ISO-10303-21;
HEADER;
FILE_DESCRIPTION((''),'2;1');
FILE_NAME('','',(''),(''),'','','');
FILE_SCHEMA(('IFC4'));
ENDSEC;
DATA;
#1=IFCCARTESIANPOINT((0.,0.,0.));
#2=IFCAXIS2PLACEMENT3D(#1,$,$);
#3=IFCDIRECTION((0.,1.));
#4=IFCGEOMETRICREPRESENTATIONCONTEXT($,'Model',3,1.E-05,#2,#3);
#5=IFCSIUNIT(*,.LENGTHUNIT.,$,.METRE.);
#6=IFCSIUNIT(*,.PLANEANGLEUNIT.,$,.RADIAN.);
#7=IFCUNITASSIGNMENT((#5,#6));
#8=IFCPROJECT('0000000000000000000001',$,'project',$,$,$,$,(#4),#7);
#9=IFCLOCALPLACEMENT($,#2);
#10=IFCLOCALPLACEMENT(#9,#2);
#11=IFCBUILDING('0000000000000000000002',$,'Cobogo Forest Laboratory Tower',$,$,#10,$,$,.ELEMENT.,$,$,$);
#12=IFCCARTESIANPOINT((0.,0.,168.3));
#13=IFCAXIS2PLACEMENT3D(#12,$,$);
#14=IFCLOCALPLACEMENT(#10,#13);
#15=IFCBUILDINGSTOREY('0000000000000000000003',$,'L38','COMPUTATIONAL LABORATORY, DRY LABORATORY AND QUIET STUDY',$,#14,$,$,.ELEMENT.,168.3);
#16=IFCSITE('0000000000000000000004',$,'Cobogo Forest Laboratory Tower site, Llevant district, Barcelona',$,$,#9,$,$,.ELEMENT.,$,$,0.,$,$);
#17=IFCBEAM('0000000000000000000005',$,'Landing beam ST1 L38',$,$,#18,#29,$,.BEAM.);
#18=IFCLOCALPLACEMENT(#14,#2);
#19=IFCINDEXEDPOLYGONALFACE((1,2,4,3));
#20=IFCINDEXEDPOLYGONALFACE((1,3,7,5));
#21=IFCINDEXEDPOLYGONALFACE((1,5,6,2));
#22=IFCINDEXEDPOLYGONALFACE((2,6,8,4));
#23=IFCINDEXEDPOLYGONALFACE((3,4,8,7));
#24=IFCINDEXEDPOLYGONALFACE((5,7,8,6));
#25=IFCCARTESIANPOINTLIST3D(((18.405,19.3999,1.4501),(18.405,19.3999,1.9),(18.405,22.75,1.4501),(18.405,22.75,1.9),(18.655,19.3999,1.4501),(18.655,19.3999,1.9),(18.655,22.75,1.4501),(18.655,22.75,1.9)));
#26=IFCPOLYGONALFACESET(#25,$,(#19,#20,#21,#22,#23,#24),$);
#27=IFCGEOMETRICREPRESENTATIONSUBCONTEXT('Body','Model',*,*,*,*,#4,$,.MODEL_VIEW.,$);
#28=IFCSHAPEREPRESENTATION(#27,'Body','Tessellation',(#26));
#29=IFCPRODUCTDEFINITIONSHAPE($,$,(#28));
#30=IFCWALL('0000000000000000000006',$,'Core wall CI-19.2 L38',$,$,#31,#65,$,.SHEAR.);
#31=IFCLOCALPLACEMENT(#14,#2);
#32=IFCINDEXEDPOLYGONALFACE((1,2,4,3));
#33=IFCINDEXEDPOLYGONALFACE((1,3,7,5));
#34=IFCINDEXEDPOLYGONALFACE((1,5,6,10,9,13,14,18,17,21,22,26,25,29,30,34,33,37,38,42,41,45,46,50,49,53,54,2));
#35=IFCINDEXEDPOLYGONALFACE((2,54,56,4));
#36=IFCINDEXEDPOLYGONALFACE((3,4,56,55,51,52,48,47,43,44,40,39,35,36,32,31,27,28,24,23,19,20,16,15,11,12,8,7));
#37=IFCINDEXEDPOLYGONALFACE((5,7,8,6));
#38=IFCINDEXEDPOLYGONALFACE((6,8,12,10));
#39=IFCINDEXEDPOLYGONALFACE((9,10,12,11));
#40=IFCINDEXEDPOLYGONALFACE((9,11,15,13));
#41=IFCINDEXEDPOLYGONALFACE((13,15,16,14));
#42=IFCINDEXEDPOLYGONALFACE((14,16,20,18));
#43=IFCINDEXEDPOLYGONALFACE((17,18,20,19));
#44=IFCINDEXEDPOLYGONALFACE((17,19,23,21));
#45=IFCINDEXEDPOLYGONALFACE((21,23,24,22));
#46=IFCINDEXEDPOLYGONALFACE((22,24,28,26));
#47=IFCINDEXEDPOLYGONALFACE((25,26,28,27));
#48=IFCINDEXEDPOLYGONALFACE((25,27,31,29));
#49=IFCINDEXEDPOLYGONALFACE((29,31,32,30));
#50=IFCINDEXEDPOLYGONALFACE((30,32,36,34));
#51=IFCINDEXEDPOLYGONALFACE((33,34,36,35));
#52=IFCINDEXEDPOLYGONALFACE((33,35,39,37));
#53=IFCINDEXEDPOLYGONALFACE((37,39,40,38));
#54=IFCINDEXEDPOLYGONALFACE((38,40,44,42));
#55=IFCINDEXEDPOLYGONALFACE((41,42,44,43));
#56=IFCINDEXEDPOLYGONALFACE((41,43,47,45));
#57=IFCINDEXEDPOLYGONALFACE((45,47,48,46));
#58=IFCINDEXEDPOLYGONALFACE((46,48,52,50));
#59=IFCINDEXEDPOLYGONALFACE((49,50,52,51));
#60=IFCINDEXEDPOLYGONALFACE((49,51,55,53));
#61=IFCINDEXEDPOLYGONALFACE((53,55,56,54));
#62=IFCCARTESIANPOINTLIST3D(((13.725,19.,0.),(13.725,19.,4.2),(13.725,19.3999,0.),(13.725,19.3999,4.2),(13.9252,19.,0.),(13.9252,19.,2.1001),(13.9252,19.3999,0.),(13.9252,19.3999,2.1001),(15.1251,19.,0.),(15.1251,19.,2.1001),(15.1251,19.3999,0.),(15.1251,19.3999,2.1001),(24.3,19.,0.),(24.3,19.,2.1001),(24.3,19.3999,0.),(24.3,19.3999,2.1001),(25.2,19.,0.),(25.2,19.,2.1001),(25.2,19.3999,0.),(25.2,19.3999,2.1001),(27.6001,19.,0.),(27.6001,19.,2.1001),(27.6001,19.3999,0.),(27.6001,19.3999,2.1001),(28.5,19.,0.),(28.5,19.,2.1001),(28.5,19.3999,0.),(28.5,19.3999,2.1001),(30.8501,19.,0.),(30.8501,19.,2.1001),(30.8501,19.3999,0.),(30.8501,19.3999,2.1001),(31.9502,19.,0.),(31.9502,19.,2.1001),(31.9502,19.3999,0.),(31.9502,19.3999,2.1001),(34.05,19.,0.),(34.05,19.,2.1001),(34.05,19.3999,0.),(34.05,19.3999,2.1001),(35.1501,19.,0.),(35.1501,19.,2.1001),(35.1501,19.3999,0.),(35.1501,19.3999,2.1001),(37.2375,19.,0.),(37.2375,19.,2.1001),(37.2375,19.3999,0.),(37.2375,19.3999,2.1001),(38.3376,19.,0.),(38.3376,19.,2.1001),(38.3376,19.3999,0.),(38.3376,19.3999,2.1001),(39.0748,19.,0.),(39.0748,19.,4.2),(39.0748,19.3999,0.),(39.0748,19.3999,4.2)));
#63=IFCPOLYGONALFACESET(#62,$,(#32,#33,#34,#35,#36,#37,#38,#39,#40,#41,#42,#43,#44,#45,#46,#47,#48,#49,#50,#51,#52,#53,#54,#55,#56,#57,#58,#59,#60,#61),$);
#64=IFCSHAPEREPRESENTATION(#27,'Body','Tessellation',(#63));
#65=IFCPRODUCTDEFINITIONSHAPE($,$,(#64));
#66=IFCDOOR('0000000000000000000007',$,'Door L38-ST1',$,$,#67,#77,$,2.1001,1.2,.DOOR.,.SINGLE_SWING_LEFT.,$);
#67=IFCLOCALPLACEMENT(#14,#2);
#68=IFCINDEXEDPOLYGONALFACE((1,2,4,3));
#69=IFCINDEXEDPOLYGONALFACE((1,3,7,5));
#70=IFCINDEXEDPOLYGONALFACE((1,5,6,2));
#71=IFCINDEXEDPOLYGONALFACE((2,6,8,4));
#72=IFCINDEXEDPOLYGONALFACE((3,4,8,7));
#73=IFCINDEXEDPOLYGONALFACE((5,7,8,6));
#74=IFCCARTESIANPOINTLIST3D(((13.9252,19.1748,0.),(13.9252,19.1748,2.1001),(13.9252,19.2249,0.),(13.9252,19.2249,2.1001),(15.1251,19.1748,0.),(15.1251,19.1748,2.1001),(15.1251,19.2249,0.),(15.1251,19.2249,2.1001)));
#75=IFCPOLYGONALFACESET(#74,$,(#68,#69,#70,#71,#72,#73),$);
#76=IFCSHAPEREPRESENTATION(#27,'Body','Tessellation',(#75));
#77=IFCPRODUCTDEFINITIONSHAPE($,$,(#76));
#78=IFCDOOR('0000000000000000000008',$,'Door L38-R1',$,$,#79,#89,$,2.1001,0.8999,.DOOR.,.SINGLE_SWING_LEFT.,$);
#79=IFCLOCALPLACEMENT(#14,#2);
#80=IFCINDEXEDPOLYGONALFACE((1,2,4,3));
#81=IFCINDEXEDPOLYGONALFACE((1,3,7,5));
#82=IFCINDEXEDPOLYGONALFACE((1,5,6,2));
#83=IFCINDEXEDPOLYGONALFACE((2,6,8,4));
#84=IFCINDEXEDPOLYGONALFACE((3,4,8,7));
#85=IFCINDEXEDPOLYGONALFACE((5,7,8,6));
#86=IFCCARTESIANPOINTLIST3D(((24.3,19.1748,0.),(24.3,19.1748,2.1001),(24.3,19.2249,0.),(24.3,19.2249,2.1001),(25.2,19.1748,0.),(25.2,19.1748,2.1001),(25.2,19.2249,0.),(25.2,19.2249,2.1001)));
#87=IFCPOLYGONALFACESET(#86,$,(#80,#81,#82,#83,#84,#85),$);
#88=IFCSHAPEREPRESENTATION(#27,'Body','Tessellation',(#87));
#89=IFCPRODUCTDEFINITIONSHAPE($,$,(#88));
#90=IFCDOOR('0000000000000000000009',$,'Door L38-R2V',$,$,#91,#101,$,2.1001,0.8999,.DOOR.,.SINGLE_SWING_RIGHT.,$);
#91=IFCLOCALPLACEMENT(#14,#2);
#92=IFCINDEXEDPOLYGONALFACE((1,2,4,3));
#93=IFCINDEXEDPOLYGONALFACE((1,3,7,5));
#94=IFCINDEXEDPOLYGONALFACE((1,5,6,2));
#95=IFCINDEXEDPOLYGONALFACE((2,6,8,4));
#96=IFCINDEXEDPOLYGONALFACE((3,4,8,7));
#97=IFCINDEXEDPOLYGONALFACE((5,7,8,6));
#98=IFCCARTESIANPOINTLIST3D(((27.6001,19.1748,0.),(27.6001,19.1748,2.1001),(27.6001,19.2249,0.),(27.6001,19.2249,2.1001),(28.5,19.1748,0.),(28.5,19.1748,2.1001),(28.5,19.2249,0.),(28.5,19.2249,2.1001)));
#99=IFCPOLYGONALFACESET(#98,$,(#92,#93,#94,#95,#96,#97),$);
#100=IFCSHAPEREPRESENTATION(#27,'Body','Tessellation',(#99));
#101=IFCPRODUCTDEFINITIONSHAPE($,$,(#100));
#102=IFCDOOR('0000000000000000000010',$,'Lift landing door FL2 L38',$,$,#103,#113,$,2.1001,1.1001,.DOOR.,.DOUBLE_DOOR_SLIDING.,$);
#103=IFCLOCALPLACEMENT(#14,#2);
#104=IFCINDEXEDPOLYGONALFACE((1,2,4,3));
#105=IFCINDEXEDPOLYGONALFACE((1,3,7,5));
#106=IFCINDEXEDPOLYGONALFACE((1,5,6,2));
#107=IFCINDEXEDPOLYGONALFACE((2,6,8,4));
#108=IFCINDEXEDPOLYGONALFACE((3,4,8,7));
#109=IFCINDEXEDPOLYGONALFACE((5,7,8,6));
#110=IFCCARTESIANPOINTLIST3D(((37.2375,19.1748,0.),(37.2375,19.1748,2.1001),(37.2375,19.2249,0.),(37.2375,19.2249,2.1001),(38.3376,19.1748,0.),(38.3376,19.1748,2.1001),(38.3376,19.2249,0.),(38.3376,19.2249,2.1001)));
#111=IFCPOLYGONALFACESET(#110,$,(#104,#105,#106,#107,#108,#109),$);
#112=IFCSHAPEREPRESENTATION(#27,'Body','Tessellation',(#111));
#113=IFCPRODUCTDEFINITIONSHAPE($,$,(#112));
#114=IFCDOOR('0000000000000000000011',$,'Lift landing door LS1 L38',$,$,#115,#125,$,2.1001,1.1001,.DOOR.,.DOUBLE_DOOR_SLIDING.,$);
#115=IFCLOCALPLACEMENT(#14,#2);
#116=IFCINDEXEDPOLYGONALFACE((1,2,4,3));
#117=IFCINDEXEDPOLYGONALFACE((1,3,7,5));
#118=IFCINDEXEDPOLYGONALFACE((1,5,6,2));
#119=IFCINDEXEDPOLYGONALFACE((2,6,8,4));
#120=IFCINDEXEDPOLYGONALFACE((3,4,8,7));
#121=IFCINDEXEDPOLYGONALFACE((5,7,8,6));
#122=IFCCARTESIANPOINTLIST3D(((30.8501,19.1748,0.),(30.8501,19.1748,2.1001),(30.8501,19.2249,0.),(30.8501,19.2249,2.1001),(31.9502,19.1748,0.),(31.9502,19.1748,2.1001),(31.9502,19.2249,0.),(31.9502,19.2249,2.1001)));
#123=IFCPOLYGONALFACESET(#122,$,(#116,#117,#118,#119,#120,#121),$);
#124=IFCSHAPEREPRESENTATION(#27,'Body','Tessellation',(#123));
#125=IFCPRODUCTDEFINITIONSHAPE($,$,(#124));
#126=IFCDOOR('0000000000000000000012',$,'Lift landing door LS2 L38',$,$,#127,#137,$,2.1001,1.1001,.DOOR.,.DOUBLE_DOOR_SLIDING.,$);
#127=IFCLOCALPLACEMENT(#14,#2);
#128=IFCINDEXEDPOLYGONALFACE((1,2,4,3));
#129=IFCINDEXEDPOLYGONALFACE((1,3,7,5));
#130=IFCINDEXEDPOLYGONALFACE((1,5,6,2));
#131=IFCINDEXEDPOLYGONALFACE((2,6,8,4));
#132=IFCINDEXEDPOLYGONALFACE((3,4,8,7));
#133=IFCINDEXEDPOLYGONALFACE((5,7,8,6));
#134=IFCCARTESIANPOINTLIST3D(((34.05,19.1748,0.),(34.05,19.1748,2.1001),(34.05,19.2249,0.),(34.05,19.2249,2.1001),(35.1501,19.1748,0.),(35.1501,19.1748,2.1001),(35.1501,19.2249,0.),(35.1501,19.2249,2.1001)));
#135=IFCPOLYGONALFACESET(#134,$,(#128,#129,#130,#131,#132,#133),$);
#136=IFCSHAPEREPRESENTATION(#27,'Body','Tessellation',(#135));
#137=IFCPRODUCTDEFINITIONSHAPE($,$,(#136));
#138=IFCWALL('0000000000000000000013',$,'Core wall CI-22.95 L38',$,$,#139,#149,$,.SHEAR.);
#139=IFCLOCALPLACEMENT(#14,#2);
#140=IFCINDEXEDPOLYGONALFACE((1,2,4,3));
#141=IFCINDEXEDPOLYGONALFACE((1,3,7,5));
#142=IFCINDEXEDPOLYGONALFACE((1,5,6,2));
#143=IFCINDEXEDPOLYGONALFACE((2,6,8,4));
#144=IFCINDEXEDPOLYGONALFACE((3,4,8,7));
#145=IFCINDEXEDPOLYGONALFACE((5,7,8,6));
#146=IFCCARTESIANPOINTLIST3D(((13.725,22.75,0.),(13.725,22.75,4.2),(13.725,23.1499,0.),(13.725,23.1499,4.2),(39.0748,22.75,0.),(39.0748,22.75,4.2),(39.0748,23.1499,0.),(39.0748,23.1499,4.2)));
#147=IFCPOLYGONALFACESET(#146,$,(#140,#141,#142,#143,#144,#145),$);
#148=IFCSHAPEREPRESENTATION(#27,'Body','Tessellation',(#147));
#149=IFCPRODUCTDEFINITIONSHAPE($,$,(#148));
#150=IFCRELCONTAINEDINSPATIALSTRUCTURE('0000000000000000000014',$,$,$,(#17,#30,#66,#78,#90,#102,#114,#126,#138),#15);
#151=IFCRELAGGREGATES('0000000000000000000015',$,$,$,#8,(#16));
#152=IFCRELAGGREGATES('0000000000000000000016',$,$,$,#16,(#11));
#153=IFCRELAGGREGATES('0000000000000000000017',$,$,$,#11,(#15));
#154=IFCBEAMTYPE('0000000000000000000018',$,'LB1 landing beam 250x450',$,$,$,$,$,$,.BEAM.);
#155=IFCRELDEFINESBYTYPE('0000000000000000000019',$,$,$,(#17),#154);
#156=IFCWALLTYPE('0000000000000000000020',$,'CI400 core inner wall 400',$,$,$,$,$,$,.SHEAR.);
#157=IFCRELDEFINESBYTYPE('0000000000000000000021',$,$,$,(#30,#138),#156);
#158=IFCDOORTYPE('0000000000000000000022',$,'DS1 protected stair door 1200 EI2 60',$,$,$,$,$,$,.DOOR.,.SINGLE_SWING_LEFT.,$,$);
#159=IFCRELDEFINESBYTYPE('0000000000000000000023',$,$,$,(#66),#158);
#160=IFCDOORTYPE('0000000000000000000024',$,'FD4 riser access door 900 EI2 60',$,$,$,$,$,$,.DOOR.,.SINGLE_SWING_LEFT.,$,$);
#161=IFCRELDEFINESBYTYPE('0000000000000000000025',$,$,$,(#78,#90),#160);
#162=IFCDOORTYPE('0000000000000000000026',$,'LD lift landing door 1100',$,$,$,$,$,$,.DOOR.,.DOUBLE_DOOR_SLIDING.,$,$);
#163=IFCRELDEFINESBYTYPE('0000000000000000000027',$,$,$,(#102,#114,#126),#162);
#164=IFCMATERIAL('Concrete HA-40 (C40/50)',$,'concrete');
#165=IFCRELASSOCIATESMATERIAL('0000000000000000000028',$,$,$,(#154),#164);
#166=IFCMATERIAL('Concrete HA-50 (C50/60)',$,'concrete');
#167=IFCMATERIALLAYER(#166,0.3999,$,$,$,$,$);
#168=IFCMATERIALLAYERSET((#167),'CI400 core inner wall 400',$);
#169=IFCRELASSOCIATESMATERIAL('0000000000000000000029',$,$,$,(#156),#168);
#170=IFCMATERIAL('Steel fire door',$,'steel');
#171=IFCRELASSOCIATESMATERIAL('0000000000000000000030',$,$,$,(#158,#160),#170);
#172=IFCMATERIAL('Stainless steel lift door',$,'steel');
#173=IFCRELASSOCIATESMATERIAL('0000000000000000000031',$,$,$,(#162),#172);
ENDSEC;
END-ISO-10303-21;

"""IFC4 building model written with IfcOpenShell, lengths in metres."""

from ifc_helpers import new_model, si_unit, direction, frame, frame_2d, origin, origin_2d, place, context, subcontext, project, spatial, rectangle, extrude, material, layer, layer_set, material_profile, profile_set, type_object, element, fill, save


model = new_model("IFC4")

# Units and contexts
model_context = context("Model", 3, precision=1e-05, world=origin(), true_north=direction((0.0, 1.0)))
body_context = subcontext(model_context, "Body", "Model", "MODEL_VIEW")
ifc_project = project(units=[si_unit("LENGTHUNIT", "METRE"), si_unit("PLANEANGLEUNIT", "RADIAN")], contexts=[model_context])

# Site, building, storey
site_placement = place(None, origin())
site = spatial("IfcSite", under=ifc_project, at=site_placement, Name="Cobogo Forest Laboratory Tower site, Llevant district, Barcelona", CompositionType="ELEMENT", RefElevation=0.0)
building_placement = place(site_placement, origin())
building = spatial("IfcBuilding", under=site, at=building_placement, Name="Cobogo Forest Laboratory Tower", CompositionType="ELEMENT")
storey_placement = place(building_placement, frame((0.0, 0.0, 168.3)))
storey = spatial("IfcBuildingStorey", under=building, at=storey_placement, Name="L38", Description="COMPUTATIONAL LABORATORY, DRY LABORATORY AND QUIET STUDY", CompositionType="ELEMENT", Elevation=168.3)

# Beam
ifc_material_1 = material(Name="Concrete HA-40 (C40/50)", Category="concrete")
ifc_material_profile = material_profile(ifc_material_1, rectangle(XDim=0.25, YDim=0.45, at=origin_2d()), Name="RC 250x450")
ifc_profile_set = profile_set([ifc_material_profile], Name="Concrete HA-40 (C40/50)")
beam_type = type_object("IfcBeamType", Name="LB1 landing beam 250x450", PredefinedType="BEAM", material=ifc_profile_set)
beam_placement = place(storey_placement, frame((18.53, 19.3999, 1.675), z_axis=(0.0, 1.0, 0.0), x_axis=(-1.0, 0.0, 0.0)))
element("IfcBeam", 1, at=beam_placement, inside=storey, type_object=beam_type, Name="Landing beam ST1 L38", PredefinedType="BEAM", context=body_context, shape_type="SweptSolid", body=[
    extrude(rectangle(XDim=0.25, YDim=0.45, at=origin_2d()), origin(), (0.0, 0.0, 1.0), 3.3501),
])

# Wall, openings, doors
ifc_material_2 = material(Name="Concrete HA-50 (C50/60)", Category="concrete")
ifc_layer = layer(ifc_material_2, 0.3999)
ifc_layer_set = layer_set([ifc_layer], Name="CI400 core inner wall 400")
wall_type = type_object("IfcWallType", Name="CI400 core inner wall 400", PredefinedType="SHEAR", material=ifc_layer_set)
wall_1_placement = place(storey_placement, frame((13.7251, 19.2, 0.0), z_axis=(0.0, 0.0, 1.0), x_axis=(1.0, 0.0, 0.0)))
wall_1 = element("IfcWall", 2, at=wall_1_placement, inside=storey, type_object=wall_type, Name="Core wall CI-19.2 L38", PredefinedType="SHEAR", context=body_context, shape_type="SweptSolid", body=[
    extrude(rectangle(XDim=25.3499, YDim=0.3999, at=frame_2d((12.6748, 0.0))), origin(), (0.0, 0.0, 1.0), 4.2),
])
opening_1_placement = place(wall_1_placement, frame((10.575, 0.0, 0.0)))
opening_1 = element("IfcOpeningElement", 3, at=opening_1_placement, cuts=wall_1, PredefinedType="OPENING", context=body_context, shape_type="SweptSolid", body=[
    extrude(rectangle(XDim=0.8999, YDim=2.1001, at=frame_2d((0.45, 1.05))), frame((0.0, 0.21, 0.0), z_axis=(0.0, -1.0, 0.0), x_axis=(1.0, 0.0, 0.0)), (0.0, 0.0, 1.0), 0.4199),
])
opening_2_placement = place(wall_1_placement, frame((13.875, 0.0, 0.0)))
opening_2 = element("IfcOpeningElement", 4, at=opening_2_placement, cuts=wall_1, PredefinedType="OPENING", context=body_context, shape_type="SweptSolid", body=[
    extrude(rectangle(XDim=0.8999, YDim=2.1001, at=frame_2d((0.45, 1.05))), frame((0.0, 0.21, 0.0), z_axis=(0.0, -1.0, 0.0), x_axis=(1.0, 0.0, 0.0)), (0.0, 0.0, 1.0), 0.4199),
])
opening_3_placement = place(wall_1_placement, frame((0.2, 0.0, 0.0)))
opening_3 = element("IfcOpeningElement", 5, at=opening_3_placement, cuts=wall_1, PredefinedType="OPENING", context=body_context, shape_type="SweptSolid", body=[
    extrude(rectangle(XDim=1.2, YDim=2.1001, at=frame_2d((0.6001, 1.05))), frame((0.0, 0.21, 0.0), z_axis=(0.0, -1.0, 0.0), x_axis=(1.0, 0.0, 0.0)), (0.0, 0.0, 1.0), 0.4199),
])
opening_4_placement = place(wall_1_placement, frame((23.5125, 0.0, 0.0)))
opening_4 = element("IfcOpeningElement", 6, at=opening_4_placement, cuts=wall_1, PredefinedType="OPENING", context=body_context, shape_type="SweptSolid", body=[
    extrude(rectangle(XDim=1.1001, YDim=2.1001, at=frame_2d((0.55, 1.05))), frame((0.0, 0.21, 0.0), z_axis=(0.0, -1.0, 0.0), x_axis=(1.0, 0.0, 0.0)), (0.0, 0.0, 1.0), 0.4199),
])
opening_5_placement = place(wall_1_placement, frame((17.125, 0.0, 0.0)))
opening_5 = element("IfcOpeningElement", 7, at=opening_5_placement, cuts=wall_1, PredefinedType="OPENING", context=body_context, shape_type="SweptSolid", body=[
    extrude(rectangle(XDim=1.1001, YDim=2.1001, at=frame_2d((0.55, 1.05))), frame((0.0, 0.21, 0.0), z_axis=(0.0, -1.0, 0.0), x_axis=(1.0, 0.0, 0.0)), (0.0, 0.0, 1.0), 0.4199),
])
opening_6_placement = place(wall_1_placement, frame((20.325, 0.0, 0.0)))
opening_6 = element("IfcOpeningElement", 8, at=opening_6_placement, cuts=wall_1, PredefinedType="OPENING", context=body_context, shape_type="SweptSolid", body=[
    extrude(rectangle(XDim=1.1001, YDim=2.1001, at=frame_2d((0.55, 1.05))), frame((0.0, 0.21, 0.0), z_axis=(0.0, -1.0, 0.0), x_axis=(1.0, 0.0, 0.0)), (0.0, 0.0, 1.0), 0.4199),
])
ifc_material_3 = material(Name="Steel fire door", Category="steel")
door_type_1 = type_object("IfcDoorType", Name="DS1 protected stair door 1200 EI2 60", OperationType="SINGLE_SWING_LEFT", PredefinedType="DOOR", material=ifc_material_3)
door_1_placement = place(opening_3_placement, origin())
door_1 = element("IfcDoor", 9, at=door_1_placement, inside=storey, type_object=door_type_1, Name="Door L38-ST1", OperationType="SINGLE_SWING_LEFT", OverallHeight=2.1001, OverallWidth=1.2, PredefinedType="DOOR", context=body_context, shape_type="SweptSolid", body=[
    extrude(rectangle(XDim=1.2, YDim=2.1001, at=frame_2d((0.6001, 1.05))), frame((0.0, 0.0249, 0.0), z_axis=(0.0, -1.0, 0.0), x_axis=(1.0, 0.0, 0.0)), (0.0, 0.0, 1.0), 0.05),
])
fill(opening_3, door_1)
door_type_2 = type_object("IfcDoorType", Name="FD4 riser access door 900 EI2 60", OperationType="SINGLE_SWING_LEFT", PredefinedType="DOOR", material=ifc_material_3)
door_2_placement = place(opening_1_placement, origin())
door_2 = element("IfcDoor", 10, at=door_2_placement, inside=storey, type_object=door_type_2, Name="Door L38-R1", OperationType="SINGLE_SWING_LEFT", OverallHeight=2.1001, OverallWidth=0.8999, PredefinedType="DOOR", context=body_context, shape_type="SweptSolid", body=[
    extrude(rectangle(XDim=0.8999, YDim=2.1001, at=frame_2d((0.45, 1.05))), frame((0.0, 0.0249, 0.0), z_axis=(0.0, -1.0, 0.0), x_axis=(1.0, 0.0, 0.0)), (0.0, 0.0, 1.0), 0.05),
])
fill(opening_1, door_2)
door_3_placement = place(opening_2_placement, origin())
door_3 = element("IfcDoor", 11, at=door_3_placement, inside=storey, type_object=door_type_2, Name="Door L38-R2V", OperationType="SINGLE_SWING_RIGHT", OverallHeight=2.1001, OverallWidth=0.8999, PredefinedType="DOOR", context=body_context, shape_type="SweptSolid", body=[
    extrude(rectangle(XDim=0.8999, YDim=2.1001, at=frame_2d((0.45, 1.05))), frame((0.0, 0.0249, 0.0), z_axis=(0.0, -1.0, 0.0), x_axis=(1.0, 0.0, 0.0)), (0.0, 0.0, 1.0), 0.05),
])
fill(opening_2, door_3)
ifc_material_4 = material(Name="Stainless steel lift door", Category="steel")
door_type_3 = type_object("IfcDoorType", Name="LD lift landing door 1100", OperationType="DOUBLE_DOOR_SLIDING", PredefinedType="DOOR", material=ifc_material_4)
door_4_placement = place(opening_4_placement, origin())
door_4 = element("IfcDoor", 12, at=door_4_placement, inside=storey, type_object=door_type_3, Name="Lift landing door FL2 L38", OperationType="DOUBLE_DOOR_SLIDING", OverallHeight=2.1001, OverallWidth=1.1001, PredefinedType="DOOR", context=body_context, shape_type="SweptSolid", body=[
    extrude(rectangle(XDim=1.1001, YDim=2.1001, at=frame_2d((0.55, 1.05))), frame((0.0, 0.0249, 0.0), z_axis=(0.0, -1.0, 0.0), x_axis=(1.0, 0.0, 0.0)), (0.0, 0.0, 1.0), 0.05),
])
fill(opening_4, door_4)
door_5_placement = place(opening_5_placement, origin())
door_5 = element("IfcDoor", 13, at=door_5_placement, inside=storey, type_object=door_type_3, Name="Lift landing door LS1 L38", OperationType="DOUBLE_DOOR_SLIDING", OverallHeight=2.1001, OverallWidth=1.1001, PredefinedType="DOOR", context=body_context, shape_type="SweptSolid", body=[
    extrude(rectangle(XDim=1.1001, YDim=2.1001, at=frame_2d((0.55, 1.05))), frame((0.0, 0.0249, 0.0), z_axis=(0.0, -1.0, 0.0), x_axis=(1.0, 0.0, 0.0)), (0.0, 0.0, 1.0), 0.05),
])
fill(opening_5, door_5)
door_6_placement = place(opening_6_placement, origin())
door_6 = element("IfcDoor", 14, at=door_6_placement, inside=storey, type_object=door_type_3, Name="Lift landing door LS2 L38", OperationType="DOUBLE_DOOR_SLIDING", OverallHeight=2.1001, OverallWidth=1.1001, PredefinedType="DOOR", context=body_context, shape_type="SweptSolid", body=[
    extrude(rectangle(XDim=1.1001, YDim=2.1001, at=frame_2d((0.55, 1.05))), frame((0.0, 0.0249, 0.0), z_axis=(0.0, -1.0, 0.0), x_axis=(1.0, 0.0, 0.0)), (0.0, 0.0, 1.0), 0.05),
])
fill(opening_6, door_6)

# Wall
wall_2_placement = place(storey_placement, frame((13.7251, 22.95, 0.0), z_axis=(0.0, 0.0, 1.0), x_axis=(1.0, 0.0, 0.0)))
element("IfcWall", 15, at=wall_2_placement, inside=storey, type_object=wall_type, Name="Core wall CI-22.95 L38", PredefinedType="SHEAR", context=body_context, shape_type="SweptSolid", body=[
    extrude(rectangle(XDim=25.3499, YDim=0.3999, at=frame_2d((12.6748, 0.0))), origin(), (0.0, 0.0, 1.0), 4.2),
])

save(model, "model.ifc")
